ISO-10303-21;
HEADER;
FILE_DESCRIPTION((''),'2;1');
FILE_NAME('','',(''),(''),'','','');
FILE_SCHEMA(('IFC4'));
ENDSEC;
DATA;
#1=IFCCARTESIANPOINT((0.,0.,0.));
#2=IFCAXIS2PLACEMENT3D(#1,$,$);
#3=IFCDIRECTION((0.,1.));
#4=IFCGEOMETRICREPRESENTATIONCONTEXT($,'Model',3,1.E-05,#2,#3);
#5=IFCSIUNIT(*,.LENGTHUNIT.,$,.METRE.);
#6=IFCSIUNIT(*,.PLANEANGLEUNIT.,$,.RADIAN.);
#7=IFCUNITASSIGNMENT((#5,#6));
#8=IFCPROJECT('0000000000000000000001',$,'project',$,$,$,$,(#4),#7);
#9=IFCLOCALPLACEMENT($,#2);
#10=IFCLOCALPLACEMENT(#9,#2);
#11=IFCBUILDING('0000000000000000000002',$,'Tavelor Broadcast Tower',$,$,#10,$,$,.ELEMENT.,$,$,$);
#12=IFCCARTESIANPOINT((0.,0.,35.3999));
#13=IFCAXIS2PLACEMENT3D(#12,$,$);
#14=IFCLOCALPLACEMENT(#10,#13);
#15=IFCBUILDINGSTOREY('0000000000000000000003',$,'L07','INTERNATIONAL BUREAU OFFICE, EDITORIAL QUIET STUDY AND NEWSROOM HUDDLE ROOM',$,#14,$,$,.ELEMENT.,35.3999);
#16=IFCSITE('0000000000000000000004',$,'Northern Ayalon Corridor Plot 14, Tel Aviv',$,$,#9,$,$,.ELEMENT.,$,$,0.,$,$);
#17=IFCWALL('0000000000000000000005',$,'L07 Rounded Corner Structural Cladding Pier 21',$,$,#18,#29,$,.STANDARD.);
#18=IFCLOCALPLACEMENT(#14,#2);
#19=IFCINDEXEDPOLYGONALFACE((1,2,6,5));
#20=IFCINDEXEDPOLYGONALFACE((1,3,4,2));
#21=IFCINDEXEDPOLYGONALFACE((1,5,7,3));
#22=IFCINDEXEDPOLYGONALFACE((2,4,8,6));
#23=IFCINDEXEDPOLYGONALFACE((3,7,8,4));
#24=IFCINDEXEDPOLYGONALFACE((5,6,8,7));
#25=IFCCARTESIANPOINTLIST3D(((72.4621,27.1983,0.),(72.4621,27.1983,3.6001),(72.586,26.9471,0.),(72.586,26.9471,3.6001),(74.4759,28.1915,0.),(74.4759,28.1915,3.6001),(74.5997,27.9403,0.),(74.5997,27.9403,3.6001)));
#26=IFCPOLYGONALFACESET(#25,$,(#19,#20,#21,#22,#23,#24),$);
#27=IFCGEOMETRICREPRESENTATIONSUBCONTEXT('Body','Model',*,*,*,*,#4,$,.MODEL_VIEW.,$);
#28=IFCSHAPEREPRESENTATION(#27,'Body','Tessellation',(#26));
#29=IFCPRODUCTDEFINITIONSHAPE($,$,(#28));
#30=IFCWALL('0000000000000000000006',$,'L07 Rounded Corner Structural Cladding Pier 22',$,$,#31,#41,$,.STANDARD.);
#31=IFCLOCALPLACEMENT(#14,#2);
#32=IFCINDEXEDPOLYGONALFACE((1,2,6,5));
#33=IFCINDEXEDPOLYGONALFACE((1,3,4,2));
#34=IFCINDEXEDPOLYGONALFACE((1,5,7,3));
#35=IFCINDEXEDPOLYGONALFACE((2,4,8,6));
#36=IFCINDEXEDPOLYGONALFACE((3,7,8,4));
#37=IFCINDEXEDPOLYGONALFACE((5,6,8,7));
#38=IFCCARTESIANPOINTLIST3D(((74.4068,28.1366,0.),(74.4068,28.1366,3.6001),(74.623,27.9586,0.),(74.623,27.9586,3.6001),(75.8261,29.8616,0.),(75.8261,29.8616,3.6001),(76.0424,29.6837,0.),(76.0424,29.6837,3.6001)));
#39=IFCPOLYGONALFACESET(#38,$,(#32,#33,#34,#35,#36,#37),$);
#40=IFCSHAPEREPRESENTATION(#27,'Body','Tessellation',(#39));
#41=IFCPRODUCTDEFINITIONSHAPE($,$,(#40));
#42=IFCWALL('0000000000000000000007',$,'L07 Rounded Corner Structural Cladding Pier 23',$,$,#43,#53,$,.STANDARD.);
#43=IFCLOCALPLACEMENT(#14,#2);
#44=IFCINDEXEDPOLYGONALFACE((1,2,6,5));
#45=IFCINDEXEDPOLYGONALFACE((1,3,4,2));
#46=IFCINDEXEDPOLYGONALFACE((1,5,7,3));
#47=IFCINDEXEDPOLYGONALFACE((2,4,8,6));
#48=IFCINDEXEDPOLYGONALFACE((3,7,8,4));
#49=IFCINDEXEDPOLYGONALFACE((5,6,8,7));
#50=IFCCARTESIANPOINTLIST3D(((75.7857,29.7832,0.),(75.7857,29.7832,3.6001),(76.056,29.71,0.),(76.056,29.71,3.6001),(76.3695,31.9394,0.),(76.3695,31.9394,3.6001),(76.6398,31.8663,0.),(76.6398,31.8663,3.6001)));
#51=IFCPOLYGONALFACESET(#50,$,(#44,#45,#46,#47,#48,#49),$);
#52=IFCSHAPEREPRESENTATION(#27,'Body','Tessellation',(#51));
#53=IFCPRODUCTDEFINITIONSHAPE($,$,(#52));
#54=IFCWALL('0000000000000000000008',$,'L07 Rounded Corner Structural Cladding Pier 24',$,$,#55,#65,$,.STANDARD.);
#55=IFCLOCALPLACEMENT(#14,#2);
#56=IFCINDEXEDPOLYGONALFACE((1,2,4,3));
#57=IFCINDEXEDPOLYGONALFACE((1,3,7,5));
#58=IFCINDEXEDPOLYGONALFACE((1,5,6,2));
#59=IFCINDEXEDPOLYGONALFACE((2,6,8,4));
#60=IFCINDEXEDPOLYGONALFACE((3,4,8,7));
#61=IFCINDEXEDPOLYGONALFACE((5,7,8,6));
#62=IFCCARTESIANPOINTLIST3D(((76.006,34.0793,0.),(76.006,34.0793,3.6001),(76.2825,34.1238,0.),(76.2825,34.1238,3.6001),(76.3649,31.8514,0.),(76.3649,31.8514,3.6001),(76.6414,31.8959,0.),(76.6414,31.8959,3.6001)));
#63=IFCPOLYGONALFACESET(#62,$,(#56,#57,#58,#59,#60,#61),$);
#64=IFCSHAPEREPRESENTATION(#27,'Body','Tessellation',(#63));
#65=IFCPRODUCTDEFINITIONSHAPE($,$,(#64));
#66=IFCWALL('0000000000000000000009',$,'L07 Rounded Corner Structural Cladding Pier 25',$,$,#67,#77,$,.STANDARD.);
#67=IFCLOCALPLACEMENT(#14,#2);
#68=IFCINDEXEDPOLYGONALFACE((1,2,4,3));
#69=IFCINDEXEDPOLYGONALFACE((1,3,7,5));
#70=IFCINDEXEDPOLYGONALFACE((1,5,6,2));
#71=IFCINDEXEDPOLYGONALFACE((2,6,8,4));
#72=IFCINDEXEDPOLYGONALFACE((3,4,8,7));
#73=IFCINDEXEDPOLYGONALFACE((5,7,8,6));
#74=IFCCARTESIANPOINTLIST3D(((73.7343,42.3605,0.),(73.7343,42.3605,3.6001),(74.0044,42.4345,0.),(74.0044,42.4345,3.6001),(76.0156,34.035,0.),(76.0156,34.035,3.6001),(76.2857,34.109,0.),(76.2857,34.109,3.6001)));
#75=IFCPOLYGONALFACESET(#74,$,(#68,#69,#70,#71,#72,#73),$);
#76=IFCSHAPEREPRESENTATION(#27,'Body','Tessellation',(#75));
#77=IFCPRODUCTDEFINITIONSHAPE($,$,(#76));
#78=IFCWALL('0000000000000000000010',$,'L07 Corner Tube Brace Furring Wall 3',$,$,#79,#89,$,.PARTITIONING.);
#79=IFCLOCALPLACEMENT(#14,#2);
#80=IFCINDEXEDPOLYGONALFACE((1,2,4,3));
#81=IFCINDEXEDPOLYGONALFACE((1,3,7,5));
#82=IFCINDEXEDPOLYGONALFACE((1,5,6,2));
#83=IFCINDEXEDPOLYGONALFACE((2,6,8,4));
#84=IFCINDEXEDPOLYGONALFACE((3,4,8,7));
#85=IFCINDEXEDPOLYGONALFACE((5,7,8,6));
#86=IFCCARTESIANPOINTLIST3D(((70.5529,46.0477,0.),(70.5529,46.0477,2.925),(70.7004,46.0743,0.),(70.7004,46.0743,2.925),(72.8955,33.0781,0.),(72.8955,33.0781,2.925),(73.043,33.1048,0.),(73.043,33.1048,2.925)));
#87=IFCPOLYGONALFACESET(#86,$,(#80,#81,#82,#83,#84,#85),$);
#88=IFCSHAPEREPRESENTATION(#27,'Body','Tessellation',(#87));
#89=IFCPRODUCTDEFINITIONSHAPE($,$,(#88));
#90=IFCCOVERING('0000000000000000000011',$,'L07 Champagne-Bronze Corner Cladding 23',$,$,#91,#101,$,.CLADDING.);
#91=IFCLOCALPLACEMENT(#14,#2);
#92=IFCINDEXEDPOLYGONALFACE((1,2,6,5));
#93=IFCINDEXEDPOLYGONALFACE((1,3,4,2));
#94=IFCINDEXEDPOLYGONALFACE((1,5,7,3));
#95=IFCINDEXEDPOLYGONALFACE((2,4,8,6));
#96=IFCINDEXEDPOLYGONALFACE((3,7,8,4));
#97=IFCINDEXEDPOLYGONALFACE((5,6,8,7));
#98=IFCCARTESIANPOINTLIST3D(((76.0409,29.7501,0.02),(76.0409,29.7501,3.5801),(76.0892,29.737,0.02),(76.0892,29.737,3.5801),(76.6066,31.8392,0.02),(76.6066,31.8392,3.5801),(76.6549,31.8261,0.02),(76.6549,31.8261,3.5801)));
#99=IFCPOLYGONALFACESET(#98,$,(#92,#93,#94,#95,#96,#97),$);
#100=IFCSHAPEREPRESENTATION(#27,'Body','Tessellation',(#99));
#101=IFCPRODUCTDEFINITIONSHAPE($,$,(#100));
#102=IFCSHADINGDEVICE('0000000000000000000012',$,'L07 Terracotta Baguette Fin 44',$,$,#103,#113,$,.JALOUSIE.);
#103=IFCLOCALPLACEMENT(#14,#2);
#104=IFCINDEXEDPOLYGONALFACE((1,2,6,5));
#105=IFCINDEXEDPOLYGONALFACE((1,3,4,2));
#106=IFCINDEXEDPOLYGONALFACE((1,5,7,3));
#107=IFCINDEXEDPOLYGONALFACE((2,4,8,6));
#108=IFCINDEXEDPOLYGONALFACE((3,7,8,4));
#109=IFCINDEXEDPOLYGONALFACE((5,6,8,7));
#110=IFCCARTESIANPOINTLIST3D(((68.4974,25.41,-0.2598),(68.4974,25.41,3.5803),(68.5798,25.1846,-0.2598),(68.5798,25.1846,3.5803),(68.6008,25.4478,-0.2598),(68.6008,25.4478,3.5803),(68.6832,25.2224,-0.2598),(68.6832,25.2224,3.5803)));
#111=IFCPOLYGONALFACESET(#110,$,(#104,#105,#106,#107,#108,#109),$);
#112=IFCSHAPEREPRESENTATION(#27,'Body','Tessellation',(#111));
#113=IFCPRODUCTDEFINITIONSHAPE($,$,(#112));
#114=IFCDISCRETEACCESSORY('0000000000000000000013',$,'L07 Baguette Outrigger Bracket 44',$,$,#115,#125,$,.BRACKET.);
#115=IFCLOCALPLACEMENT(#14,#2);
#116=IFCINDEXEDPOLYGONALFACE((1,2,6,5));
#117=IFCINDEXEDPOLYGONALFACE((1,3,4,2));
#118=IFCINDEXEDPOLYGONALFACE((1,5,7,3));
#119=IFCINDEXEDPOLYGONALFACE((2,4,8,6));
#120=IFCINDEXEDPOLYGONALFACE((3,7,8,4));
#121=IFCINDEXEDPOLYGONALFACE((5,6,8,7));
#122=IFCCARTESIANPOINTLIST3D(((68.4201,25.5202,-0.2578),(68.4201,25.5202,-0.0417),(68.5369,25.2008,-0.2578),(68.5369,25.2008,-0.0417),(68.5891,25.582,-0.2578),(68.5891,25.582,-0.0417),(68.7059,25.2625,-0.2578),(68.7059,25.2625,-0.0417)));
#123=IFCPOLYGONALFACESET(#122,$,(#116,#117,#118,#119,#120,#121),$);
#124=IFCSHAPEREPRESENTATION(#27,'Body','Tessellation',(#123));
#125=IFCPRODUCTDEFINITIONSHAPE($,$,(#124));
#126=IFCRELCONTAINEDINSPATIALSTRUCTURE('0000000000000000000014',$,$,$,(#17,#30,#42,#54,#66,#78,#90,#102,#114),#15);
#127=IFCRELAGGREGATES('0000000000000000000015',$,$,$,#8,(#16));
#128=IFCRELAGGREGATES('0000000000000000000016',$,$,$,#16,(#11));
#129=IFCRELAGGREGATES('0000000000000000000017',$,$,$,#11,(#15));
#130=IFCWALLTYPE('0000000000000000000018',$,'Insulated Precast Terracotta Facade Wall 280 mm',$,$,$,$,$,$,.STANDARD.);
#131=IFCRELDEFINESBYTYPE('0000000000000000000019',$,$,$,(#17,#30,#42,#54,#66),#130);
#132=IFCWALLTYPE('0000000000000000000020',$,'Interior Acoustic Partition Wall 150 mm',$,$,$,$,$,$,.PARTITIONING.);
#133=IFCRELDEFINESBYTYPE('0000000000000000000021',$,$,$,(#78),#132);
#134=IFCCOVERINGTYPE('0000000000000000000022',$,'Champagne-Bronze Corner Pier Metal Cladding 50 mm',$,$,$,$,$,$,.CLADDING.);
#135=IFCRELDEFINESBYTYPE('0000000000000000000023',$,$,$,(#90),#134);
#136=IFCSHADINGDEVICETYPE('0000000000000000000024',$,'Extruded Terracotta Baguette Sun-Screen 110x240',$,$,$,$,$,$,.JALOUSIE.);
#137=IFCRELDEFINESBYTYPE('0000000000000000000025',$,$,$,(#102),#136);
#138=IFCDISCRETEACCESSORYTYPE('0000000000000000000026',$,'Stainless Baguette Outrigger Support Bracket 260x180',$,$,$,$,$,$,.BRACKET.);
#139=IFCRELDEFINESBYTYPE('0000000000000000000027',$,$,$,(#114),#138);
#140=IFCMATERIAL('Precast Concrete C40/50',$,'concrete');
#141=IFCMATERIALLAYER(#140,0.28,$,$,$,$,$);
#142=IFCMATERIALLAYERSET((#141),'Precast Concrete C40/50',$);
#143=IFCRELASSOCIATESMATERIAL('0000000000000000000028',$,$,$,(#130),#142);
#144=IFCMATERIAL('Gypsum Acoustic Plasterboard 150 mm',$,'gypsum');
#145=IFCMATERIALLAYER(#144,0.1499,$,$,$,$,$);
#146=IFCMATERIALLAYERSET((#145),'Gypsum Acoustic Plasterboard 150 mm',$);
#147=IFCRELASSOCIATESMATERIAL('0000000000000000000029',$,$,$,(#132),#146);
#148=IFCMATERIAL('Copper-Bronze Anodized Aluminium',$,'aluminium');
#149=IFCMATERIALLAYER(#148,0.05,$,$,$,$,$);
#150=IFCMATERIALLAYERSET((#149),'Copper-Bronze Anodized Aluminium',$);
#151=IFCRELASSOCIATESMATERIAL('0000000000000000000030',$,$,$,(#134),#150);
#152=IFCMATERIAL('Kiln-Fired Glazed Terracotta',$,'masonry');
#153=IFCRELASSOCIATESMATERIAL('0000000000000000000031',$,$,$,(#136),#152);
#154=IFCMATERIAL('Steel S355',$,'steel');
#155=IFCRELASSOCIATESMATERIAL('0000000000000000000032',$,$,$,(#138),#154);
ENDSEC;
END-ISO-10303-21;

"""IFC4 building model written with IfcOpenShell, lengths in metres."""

from ifc_helpers import new_model, si_unit, direction, frame, frame_2d, origin, origin_2d, place, context, subcontext, project, spatial, rectangle, extrude, source, transform, mapped, material, layer, layer_set, type_object, type_shapes, element, save


model = new_model("IFC4")

# Units and contexts
model_context = context("Model", 3, precision=1e-05, world=origin(), true_north=direction((0.0, 1.0)))
body_context = subcontext(model_context, "Body", "Model", "MODEL_VIEW")
ifc_project = project(units=[si_unit("LENGTHUNIT", "METRE"), si_unit("PLANEANGLEUNIT", "RADIAN")], contexts=[model_context])

# Site, building, storey
site_placement = place(None, origin())
site = spatial("IfcSite", under=ifc_project, at=site_placement, Name="Northern Ayalon Corridor Plot 14, Tel Aviv", CompositionType="ELEMENT", RefElevation=0.0)
building_placement = place(site_placement, origin())
building = spatial("IfcBuilding", under=site, at=building_placement, Name="Tavelor Broadcast Tower", CompositionType="ELEMENT")
storey_placement = place(building_placement, frame((0.0, 0.0, 35.3999)))
storey = spatial("IfcBuildingStorey", under=building, at=storey_placement, Name="L07", Description="INTERNATIONAL BUREAU OFFICE, EDITORIAL QUIET STUDY AND NEWSROOM HUDDLE ROOM", CompositionType="ELEMENT", Elevation=35.3999)

# Shared definitions
ifc_material_1 = material(Name="Steel S355", Category="steel")

# Walls
ifc_material_2 = material(Name="Precast Concrete C40/50", Category="concrete")
ifc_layer_1 = layer(ifc_material_2, 0.28)
ifc_layer_set_1 = layer_set([ifc_layer_1], Name="Precast Concrete C40/50")
wall_type_1 = type_object("IfcWallType", Name="Insulated Precast Terracotta Facade Wall 280 mm", PredefinedType="STANDARD", material=ifc_layer_set_1)
wall_1_placement = place(storey_placement, frame((72.5242, 27.0728, 0.0), z_axis=(0.0, 0.0, 1.0), x_axis=(0.89685, 0.442336, 0.0)))
element("IfcWall", 1, at=wall_1_placement, inside=storey, type_object=wall_type_1, Name="L07 Rounded Corner Structural Cladding Pier 21", PredefinedType="STANDARD", context=body_context, shape_type="SweptSolid", body=[
    extrude(rectangle(XDim=2.2454, YDim=0.28, at=frame_2d((1.1226, 0.0))), origin(), (0.0, 0.0, 1.0), 3.6001),
])
for number, where, z_axis, x_axis, name in (
    (2, (74.5149, 28.0476, 0.0), (0.0, 0.0, 1.0), (0.635378, 0.772201, 0.0), "L07 Rounded Corner Structural Cladding Pier 22"),
    (3, (75.9209, 29.7466, 0.0), (0.0, 0.0, 1.0), (0.261314, 0.965254, 0.0), "L07 Rounded Corner Structural Cladding Pier 23"),
):
    element("IfcWall", number, at=place(storey_placement, frame(where, z_axis=z_axis, x_axis=x_axis)), inside=storey, type_object=wall_type_1, Name=name, PredefinedType="STANDARD", context=body_context, shape_type="SweptSolid", body=[
        extrude(rectangle(XDim=2.2339, YDim=0.28, at=frame_2d((1.1169, 0.0))), origin(), (0.0, 0.0, 1.0), 3.6001),
    ])
wall_2_placement = place(storey_placement, frame((76.5032, 31.8735, 0.0), z_axis=(0.0, 0.0, 1.0), x_axis=(-0.159045, 0.987271, 0.0)))
element("IfcWall", 4, at=wall_2_placement, inside=storey, type_object=wall_type_1, Name="L07 Rounded Corner Structural Cladding Pier 24", PredefinedType="STANDARD", context=body_context, shape_type="SweptSolid", body=[
    extrude(rectangle(XDim=2.2566, YDim=0.28, at=frame_2d((1.1284, 0.0))), origin(), (0.0, 0.0, 1.0), 3.6001),
])
wall_3_placement = place(storey_placement, frame((76.1506, 34.072, 0.0), z_axis=(0.0, 0.0, 1.0), x_axis=(-0.264268, 0.964449, 0.0)))
element("IfcWall", 5, at=wall_3_placement, inside=storey, type_object=wall_type_1, Name="L07 Rounded Corner Structural Cladding Pier 25", PredefinedType="STANDARD", context=body_context, shape_type="SweptSolid", body=[
    extrude(rectangle(XDim=8.6323, YDim=0.28, at=frame_2d((4.3162, 0.0))), origin(), (0.0, 0.0, 1.0), 3.6001),
])
ifc_material_3 = material(Name="Gypsum Acoustic Plasterboard 150 mm", Category="gypsum")
ifc_layer_2 = layer(ifc_material_3, 0.1499)
ifc_layer_set_2 = layer_set([ifc_layer_2], Name="Gypsum Acoustic Plasterboard 150 mm")
wall_type_2 = type_object("IfcWallType", Name="Interior Acoustic Partition Wall 150 mm", PredefinedType="PARTITIONING", material=ifc_layer_set_2)
wall_4_placement = place(storey_placement, frame((72.9692, 33.0913, 0.0), z_axis=(0.0, 0.0, 1.0), x_axis=(-0.177743, 0.984077, 0.0)))
element("IfcWall", 6, at=wall_4_placement, inside=storey, type_object=wall_type_2, Name="L07 Corner Tube Brace Furring Wall 3", PredefinedType="PARTITIONING", context=body_context, shape_type="SweptSolid", body=[
    extrude(rectangle(XDim=13.1794, YDim=0.1499, at=frame_2d((6.5898, 0.0))), origin(), (0.0, 0.0, 1.0), 2.925),
])

# Covering
ifc_material_4 = material(Name="Copper-Bronze Anodized Aluminium", Category="aluminium")
ifc_layer_3 = layer(ifc_material_4, 0.05)
ifc_layer_set_3 = layer_set([ifc_layer_3], Name="Copper-Bronze Anodized Aluminium")
covering_type = type_object("IfcCoveringType", Name="Champagne-Bronze Corner Pier Metal Cladding 50 mm", PredefinedType="CLADDING", material=ifc_layer_set_3)
covering_placement = place(storey_placement, frame((76.3479, 30.7881, 0.02), z_axis=(0.0, 0.0, 1.0), x_axis=(0.261347, 0.965245, 0.0)))
element("IfcCovering", 7, at=covering_placement, inside=storey, type_object=covering_type, Name="L07 Champagne-Bronze Corner Cladding 23", PredefinedType="CLADDING", context=body_context, shape_type="SweptSolid", body=[
    extrude(rectangle(XDim=2.1643, YDim=0.05, at=origin_2d()), origin(), (0.0, 0.0, 1.0), 3.5601),
])

# Shading device
ifc_material_5 = material(Name="Kiln-Fired Glazed Terracotta", Category="masonry")
shading_device_type = type_object("IfcShadingDeviceType", Name="Extruded Terracotta Baguette Sun-Screen 110x240", PredefinedType="JALOUSIE", material=ifc_material_5)
shared_shape_1 = source(origin(), body_context, "Body", "SweptSolid", [
    extrude(rectangle(XDim=0.1101, YDim=0.24, at=origin_2d()), origin(), (0.0, 0.0, 1.0), 3.8401),
])
type_shapes(shading_device_type, [shared_shape_1])
shading_device_placement = place(storey_placement, frame((68.5903, 25.3162, -0.2598), z_axis=(0.0, 0.0, 1.0), x_axis=(0.939214, 0.343332, 0.0)))
element("IfcShadingDevice", 8, at=shading_device_placement, inside=storey, type_object=shading_device_type, Name="L07 Terracotta Baguette Fin 44", PredefinedType="JALOUSIE", context=body_context, shape_type="MappedRepresentation", body=[
    mapped(shared_shape_1, transform((0.0, 0.0, 0.0), scale=1.0)),
])

# Discrete accessory
discrete_accessory_type = type_object("IfcDiscreteAccessoryType", Name="Stainless Baguette Outrigger Support Bracket 260x180", PredefinedType="BRACKET", material=ifc_material_1)
shared_shape_2 = source(origin(), body_context, "Body", "SweptSolid", [
    extrude(rectangle(XDim=0.1799, YDim=0.3401, at=origin_2d()), origin(), (0.0, 0.0, 1.0), 0.2161),
])
type_shapes(discrete_accessory_type, [shared_shape_2])
discrete_accessory_placement = place(storey_placement, frame((68.563, 25.3914, -0.2578), z_axis=(0.0, 0.0, 1.0), x_axis=(0.939214, 0.343332, 0.0)))
element("IfcDiscreteAccessory", 9, at=discrete_accessory_placement, inside=storey, type_object=discrete_accessory_type, Name="L07 Baguette Outrigger Bracket 44", PredefinedType="BRACKET", context=body_context, shape_type="MappedRepresentation", body=[
    mapped(shared_shape_2, transform((0.0, 0.0, 0.0), scale=1.0)),
])

save(model, "model.ifc")
